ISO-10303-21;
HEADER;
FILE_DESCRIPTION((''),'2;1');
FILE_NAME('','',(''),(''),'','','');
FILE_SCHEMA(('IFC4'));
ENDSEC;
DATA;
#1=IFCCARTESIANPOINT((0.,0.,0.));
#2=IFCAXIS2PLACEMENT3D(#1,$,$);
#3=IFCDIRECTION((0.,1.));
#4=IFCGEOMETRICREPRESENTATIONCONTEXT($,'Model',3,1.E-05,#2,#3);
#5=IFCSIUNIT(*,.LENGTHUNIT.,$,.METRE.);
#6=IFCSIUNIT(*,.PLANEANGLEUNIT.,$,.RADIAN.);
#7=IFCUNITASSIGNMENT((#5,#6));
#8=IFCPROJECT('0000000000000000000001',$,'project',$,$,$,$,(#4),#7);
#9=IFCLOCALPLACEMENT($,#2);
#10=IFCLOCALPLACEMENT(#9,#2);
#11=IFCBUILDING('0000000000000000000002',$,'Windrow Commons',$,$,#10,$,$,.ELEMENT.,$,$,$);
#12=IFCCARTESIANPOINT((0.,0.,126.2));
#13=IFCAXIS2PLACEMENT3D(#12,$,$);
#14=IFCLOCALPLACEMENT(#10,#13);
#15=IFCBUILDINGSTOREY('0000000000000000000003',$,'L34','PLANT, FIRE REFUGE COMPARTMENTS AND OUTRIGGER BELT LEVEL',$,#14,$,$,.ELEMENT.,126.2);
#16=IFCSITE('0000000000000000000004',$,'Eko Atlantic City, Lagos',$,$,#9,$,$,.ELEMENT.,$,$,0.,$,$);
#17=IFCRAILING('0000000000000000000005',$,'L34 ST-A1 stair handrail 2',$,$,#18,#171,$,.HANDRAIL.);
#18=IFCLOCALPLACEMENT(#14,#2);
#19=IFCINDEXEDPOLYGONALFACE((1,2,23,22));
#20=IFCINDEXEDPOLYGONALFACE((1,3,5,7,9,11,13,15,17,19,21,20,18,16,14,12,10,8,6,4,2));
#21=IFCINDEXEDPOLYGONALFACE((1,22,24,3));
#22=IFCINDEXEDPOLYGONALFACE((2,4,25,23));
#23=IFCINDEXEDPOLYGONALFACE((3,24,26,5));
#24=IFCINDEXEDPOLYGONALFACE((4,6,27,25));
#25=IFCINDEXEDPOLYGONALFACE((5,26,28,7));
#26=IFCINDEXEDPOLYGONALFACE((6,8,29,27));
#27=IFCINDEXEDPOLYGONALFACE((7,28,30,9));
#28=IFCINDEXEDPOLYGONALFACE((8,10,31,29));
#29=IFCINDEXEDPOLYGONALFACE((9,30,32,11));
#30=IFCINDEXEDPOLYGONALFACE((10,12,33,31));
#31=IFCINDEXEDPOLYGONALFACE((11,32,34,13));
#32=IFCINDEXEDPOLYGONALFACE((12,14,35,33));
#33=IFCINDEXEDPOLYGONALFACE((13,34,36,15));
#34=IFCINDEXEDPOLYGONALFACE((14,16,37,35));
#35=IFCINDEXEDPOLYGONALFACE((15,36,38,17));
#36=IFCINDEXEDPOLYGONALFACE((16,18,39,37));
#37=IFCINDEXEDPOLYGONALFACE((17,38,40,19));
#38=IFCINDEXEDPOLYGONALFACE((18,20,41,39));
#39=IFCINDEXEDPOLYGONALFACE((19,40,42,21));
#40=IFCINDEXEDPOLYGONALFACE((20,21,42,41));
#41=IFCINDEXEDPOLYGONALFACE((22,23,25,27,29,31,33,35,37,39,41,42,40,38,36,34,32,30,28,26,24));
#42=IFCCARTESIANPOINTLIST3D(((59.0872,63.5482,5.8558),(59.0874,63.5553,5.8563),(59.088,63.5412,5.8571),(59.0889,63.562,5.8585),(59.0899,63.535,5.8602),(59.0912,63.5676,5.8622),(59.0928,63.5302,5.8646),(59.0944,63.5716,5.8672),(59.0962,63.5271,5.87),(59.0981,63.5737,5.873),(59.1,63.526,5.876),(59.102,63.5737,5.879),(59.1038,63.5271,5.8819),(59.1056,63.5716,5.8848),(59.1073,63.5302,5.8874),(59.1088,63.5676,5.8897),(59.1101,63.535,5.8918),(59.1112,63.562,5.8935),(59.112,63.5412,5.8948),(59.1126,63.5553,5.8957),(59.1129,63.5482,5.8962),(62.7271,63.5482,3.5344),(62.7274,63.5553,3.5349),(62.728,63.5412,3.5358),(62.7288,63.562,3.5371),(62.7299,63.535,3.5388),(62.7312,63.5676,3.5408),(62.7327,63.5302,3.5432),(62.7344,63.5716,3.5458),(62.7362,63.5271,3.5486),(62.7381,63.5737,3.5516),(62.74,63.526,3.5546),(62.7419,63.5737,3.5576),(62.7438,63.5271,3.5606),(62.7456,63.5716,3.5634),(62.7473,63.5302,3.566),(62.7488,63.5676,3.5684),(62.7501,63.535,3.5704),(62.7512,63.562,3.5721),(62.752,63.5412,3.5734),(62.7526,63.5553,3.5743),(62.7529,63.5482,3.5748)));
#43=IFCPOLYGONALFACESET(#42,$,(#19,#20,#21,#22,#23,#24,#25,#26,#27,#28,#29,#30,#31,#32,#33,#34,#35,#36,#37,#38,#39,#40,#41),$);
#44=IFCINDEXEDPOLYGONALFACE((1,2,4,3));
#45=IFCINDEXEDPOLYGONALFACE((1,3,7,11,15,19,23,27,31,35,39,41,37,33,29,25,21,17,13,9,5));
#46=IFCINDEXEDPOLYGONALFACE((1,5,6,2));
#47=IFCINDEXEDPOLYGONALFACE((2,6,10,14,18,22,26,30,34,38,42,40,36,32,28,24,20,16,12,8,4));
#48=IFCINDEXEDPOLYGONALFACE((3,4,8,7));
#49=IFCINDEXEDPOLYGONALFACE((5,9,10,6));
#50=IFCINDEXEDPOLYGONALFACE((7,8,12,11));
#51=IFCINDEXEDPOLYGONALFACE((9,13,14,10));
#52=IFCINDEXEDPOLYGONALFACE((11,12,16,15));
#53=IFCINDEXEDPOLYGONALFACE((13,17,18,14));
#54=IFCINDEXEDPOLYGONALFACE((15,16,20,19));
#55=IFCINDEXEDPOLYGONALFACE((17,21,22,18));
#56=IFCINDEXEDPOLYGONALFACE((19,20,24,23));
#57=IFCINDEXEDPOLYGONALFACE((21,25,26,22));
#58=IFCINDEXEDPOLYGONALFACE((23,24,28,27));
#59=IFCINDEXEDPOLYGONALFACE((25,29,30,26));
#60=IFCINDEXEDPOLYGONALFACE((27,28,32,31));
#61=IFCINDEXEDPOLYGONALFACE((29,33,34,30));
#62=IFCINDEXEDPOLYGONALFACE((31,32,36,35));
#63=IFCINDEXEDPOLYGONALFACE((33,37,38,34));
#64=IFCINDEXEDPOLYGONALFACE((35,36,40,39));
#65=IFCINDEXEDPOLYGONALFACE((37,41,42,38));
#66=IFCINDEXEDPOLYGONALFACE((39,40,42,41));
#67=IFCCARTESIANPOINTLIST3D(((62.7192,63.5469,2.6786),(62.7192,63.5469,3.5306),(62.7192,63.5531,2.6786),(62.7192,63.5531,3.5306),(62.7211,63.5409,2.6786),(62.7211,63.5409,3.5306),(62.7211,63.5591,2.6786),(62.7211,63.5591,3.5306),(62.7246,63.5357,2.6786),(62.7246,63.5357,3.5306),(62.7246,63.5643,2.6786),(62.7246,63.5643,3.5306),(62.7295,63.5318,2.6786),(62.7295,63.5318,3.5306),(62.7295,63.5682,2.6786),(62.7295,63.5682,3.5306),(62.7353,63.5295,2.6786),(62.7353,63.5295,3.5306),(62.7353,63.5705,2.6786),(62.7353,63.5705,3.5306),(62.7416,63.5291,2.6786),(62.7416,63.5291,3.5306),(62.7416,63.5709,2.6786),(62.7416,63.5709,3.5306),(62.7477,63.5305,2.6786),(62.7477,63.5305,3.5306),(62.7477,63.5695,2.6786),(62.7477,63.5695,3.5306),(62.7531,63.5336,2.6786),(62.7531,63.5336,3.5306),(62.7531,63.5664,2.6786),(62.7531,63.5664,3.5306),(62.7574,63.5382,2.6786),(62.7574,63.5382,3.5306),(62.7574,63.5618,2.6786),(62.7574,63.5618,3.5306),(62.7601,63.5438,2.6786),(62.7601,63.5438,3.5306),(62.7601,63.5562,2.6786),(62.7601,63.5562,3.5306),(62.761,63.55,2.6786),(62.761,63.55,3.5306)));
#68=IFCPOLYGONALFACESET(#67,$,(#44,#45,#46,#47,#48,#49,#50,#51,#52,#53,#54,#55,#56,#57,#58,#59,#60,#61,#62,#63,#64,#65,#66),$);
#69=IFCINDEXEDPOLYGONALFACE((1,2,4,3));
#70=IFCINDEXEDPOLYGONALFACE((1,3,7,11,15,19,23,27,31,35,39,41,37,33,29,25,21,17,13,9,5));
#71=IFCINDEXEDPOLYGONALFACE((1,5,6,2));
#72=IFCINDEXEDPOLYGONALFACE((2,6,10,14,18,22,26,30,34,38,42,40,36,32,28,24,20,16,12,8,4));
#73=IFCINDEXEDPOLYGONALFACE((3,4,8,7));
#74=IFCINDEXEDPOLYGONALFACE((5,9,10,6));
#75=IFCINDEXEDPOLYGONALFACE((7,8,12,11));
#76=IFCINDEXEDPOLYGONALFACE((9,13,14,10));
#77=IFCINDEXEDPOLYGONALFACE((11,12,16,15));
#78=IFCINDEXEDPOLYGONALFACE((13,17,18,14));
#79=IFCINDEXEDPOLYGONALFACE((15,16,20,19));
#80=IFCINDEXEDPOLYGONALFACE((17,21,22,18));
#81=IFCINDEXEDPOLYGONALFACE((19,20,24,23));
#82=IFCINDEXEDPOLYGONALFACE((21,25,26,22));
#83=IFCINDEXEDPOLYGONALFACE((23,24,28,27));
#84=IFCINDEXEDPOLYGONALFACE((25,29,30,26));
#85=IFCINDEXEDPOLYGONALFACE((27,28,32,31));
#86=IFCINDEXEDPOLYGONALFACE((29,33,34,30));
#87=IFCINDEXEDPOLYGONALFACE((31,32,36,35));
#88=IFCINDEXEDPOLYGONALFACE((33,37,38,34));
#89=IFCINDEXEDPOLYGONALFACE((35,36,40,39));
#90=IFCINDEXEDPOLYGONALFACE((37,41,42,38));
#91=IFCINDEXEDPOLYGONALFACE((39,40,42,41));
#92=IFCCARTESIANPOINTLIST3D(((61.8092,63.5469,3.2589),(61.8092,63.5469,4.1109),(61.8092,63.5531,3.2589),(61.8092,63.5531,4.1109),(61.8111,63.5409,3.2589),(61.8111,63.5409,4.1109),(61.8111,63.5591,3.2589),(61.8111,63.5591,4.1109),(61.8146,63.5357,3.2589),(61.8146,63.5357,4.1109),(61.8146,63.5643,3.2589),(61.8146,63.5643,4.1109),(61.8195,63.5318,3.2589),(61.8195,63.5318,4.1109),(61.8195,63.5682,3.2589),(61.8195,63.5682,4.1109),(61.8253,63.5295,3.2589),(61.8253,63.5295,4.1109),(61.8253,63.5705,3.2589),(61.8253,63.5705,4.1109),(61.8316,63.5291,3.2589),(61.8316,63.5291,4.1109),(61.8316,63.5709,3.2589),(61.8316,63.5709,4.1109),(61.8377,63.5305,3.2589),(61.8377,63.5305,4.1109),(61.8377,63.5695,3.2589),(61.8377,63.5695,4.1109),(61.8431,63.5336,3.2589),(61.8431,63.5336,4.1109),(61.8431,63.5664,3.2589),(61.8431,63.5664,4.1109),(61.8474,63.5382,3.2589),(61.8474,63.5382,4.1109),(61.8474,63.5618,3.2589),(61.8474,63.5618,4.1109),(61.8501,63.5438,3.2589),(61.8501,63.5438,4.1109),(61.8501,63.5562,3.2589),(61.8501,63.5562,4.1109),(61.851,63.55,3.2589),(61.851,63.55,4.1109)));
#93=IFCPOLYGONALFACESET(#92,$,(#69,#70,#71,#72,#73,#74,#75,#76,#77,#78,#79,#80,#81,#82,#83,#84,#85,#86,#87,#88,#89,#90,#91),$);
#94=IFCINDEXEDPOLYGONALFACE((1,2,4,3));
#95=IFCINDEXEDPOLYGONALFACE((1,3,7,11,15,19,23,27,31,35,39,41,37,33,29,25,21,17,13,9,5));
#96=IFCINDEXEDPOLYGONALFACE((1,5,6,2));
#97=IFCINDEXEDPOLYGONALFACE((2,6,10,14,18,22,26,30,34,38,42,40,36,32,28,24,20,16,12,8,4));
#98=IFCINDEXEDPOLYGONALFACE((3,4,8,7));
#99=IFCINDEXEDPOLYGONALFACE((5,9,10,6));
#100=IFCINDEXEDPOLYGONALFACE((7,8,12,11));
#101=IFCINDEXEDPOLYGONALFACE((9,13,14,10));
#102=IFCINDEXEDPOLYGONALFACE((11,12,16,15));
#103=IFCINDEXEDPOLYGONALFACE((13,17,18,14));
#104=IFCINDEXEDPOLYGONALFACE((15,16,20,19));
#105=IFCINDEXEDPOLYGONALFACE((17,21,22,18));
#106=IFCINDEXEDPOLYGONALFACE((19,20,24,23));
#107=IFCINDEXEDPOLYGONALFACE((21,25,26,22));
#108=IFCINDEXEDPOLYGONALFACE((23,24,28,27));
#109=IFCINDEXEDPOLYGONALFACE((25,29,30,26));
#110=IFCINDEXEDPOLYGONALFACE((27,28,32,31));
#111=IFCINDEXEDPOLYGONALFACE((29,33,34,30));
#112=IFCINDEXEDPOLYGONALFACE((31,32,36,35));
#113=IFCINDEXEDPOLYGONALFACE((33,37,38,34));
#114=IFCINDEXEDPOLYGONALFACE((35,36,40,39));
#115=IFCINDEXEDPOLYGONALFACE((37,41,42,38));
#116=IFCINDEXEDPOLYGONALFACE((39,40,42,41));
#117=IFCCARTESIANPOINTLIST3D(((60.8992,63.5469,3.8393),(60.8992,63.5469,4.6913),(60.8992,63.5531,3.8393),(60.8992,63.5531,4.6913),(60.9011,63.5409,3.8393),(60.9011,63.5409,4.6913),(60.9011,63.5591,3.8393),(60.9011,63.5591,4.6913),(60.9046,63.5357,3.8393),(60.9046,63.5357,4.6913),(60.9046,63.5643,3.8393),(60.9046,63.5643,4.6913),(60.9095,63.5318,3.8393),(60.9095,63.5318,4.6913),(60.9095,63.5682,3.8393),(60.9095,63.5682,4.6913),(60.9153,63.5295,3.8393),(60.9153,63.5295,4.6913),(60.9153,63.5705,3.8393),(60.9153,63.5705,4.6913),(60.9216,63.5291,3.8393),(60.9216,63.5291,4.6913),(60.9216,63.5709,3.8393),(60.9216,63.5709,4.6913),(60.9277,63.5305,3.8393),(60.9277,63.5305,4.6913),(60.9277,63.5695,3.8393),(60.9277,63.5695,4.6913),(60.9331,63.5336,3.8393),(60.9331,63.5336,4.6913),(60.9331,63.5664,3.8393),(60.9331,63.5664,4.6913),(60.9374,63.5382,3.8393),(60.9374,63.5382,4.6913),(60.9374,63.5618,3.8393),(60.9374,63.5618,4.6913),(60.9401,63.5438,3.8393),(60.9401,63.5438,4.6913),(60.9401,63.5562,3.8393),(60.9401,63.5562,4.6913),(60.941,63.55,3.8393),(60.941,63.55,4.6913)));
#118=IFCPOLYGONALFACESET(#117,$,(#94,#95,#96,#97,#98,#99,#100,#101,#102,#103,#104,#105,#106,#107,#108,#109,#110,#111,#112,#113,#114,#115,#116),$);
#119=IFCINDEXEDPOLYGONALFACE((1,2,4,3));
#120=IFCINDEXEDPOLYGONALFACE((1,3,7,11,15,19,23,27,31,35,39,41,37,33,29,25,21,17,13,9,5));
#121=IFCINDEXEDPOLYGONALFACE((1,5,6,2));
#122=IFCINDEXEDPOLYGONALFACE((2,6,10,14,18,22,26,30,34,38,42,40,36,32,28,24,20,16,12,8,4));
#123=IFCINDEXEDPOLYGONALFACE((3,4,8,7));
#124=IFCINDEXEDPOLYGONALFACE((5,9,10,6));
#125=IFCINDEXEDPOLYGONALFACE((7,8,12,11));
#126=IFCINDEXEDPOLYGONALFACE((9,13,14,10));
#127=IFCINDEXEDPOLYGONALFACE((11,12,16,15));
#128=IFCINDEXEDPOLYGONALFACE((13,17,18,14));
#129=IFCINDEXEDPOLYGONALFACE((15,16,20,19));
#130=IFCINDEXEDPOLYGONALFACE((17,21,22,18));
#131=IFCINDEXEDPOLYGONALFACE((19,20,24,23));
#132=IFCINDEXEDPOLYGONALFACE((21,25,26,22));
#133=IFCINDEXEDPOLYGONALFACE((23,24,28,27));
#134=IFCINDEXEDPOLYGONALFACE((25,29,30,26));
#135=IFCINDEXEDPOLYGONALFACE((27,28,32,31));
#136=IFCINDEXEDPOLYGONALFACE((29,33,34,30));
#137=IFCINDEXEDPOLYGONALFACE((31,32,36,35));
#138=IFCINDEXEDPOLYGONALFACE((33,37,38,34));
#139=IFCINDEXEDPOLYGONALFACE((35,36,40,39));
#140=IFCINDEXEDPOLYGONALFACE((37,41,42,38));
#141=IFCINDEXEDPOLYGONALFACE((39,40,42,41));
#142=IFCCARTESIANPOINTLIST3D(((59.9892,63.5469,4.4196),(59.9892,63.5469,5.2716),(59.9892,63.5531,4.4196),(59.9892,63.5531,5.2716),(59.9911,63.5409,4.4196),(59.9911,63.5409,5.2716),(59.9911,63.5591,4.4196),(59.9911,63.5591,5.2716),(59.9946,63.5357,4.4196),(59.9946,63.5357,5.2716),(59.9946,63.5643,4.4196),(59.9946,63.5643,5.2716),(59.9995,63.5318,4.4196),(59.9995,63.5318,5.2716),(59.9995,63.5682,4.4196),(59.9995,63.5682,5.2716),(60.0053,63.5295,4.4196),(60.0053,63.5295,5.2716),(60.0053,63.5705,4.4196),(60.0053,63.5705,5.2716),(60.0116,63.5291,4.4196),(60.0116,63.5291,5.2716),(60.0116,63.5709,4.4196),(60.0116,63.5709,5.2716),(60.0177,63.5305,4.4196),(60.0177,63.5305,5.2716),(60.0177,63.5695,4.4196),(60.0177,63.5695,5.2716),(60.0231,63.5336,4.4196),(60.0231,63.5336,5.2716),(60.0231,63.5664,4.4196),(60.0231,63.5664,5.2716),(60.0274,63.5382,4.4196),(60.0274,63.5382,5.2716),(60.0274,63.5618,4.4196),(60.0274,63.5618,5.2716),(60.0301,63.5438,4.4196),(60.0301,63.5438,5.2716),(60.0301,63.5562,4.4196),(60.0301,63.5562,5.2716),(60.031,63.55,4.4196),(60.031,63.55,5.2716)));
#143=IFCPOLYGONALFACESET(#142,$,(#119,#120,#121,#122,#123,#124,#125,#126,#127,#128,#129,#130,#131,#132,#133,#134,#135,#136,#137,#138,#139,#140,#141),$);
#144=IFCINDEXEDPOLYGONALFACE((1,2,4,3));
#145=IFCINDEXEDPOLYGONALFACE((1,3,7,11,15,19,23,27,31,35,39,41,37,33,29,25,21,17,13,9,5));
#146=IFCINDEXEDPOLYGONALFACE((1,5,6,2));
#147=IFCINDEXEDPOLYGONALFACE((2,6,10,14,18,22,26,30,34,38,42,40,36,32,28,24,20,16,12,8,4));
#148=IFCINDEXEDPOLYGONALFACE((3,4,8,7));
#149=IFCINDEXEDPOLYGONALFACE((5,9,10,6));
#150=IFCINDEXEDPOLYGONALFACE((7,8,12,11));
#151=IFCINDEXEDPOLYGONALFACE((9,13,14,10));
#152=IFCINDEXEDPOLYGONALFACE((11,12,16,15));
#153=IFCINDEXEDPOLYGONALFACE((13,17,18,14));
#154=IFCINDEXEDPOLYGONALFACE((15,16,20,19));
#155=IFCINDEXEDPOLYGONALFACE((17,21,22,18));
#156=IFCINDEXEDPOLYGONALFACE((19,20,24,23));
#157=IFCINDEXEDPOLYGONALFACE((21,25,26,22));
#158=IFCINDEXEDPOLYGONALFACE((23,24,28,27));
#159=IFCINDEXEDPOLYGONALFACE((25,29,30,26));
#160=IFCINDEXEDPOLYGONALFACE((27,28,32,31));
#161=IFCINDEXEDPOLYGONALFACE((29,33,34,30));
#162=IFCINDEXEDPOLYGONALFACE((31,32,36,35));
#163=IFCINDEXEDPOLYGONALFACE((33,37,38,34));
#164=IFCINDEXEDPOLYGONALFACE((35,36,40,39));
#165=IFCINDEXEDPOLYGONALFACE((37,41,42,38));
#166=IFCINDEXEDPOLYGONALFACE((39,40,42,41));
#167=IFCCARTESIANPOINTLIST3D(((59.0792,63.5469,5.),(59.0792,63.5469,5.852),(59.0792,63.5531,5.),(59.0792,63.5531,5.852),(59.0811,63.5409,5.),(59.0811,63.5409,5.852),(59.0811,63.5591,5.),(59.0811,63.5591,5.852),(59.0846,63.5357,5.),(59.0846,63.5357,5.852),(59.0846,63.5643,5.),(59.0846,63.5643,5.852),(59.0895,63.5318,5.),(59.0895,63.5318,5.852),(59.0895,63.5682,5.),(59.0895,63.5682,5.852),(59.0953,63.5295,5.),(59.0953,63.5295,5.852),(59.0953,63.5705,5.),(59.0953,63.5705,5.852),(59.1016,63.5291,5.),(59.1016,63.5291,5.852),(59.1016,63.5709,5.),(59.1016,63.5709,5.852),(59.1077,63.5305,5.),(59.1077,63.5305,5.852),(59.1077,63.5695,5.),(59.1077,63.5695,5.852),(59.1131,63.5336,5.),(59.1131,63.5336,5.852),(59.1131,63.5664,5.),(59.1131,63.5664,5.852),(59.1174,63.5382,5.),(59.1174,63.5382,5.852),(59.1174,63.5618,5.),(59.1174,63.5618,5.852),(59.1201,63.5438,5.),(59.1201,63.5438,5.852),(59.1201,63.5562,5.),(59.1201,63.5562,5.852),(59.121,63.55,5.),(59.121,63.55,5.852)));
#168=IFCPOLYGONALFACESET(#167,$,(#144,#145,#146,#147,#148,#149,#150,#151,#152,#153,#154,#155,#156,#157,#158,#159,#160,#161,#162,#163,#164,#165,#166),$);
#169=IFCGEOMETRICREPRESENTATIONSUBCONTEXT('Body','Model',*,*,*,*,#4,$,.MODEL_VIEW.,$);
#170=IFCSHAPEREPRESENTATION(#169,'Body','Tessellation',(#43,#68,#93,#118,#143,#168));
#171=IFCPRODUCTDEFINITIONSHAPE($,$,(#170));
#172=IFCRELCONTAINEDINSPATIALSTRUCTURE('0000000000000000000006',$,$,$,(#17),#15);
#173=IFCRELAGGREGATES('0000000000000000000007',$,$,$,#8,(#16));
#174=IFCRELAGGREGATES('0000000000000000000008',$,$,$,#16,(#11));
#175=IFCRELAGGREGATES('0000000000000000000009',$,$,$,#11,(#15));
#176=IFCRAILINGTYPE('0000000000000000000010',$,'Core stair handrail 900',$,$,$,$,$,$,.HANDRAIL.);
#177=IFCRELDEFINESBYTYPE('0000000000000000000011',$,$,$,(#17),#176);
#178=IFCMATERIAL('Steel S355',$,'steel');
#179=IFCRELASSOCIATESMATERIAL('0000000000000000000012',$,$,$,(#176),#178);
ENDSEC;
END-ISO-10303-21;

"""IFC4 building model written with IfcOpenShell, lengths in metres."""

from ifc_helpers import new_model, si_unit, direction, frame, origin, origin_2d, place, context, subcontext, project, spatial, circle, extrude, material, type_object, element, save


model = new_model("IFC4")

# Units and contexts
model_context = context("Model", 3, precision=1e-05, world=origin(), true_north=direction((0.0, 1.0)))
body_context = subcontext(model_context, "Body", "Model", "MODEL_VIEW")
ifc_project = project(units=[si_unit("LENGTHUNIT", "METRE"), si_unit("PLANEANGLEUNIT", "RADIAN")], contexts=[model_context])

# Site, building, storey
site_placement = place(None, origin())
site = spatial("IfcSite", under=ifc_project, at=site_placement, Name="Eko Atlantic City, Lagos", CompositionType="ELEMENT", RefElevation=0.0)
building_placement = place(site_placement, origin())
building = spatial("IfcBuilding", under=site, at=building_placement, Name="Windrow Commons", CompositionType="ELEMENT")
storey_placement = place(building_placement, frame((0.0, 0.0, 126.2)))
storey = spatial("IfcBuildingStorey", under=building, at=storey_placement, Name="L34", Description="PLANT, FIRE REFUGE COMPARTMENTS AND OUTRIGGER BELT LEVEL", CompositionType="ELEMENT", Elevation=126.2)

# Railing
ifc_material_1 = material(Name="Steel S355", Category="steel")
railing_type_1 = type_object("IfcRailingType", Name="Core stair handrail 900", PredefinedType="HANDRAIL", material=ifc_material_1)
railing_1_placement = place(storey_placement, frame((62.74, 63.55, 2.6786)))
element("IfcRailing", 1, at=railing_1_placement, inside=storey, type_object=railing_type_1, Name="L34 ST-A1 stair handrail 2", PredefinedType="HANDRAIL", context=body_context, shape_type="SweptSolid", body=[
    extrude(circle(Radius=0.024, at=origin_2d()), frame((0.0, 0.0, 0.876), z_axis=(-0.843133, 0.0, 0.537706), x_axis=(0.0, -1.0, 0.0)), (0.0, 0.0, 1.0), 4.3172),
    extrude(circle(Radius=0.021, at=origin_2d()), origin(), (0.0, 0.0, 1.0), 0.852),
    extrude(circle(Radius=0.021, at=origin_2d()), frame((-0.91, 0.0, 0.5803)), (0.0, 0.0, 1.0), 0.852),
    extrude(circle(Radius=0.021, at=origin_2d()), frame((-1.82, 0.0, 1.1607)), (0.0, 0.0, 1.0), 0.852),
    extrude(circle(Radius=0.021, at=origin_2d()), frame((-2.73, 0.0, 1.741)), (0.0, 0.0, 1.0), 0.852),
    extrude(circle(Radius=0.021, at=origin_2d()), frame((-3.64, 0.0, 2.3214)), (0.0, 0.0, 1.0), 0.852),
])

save(model, "model.ifc")
